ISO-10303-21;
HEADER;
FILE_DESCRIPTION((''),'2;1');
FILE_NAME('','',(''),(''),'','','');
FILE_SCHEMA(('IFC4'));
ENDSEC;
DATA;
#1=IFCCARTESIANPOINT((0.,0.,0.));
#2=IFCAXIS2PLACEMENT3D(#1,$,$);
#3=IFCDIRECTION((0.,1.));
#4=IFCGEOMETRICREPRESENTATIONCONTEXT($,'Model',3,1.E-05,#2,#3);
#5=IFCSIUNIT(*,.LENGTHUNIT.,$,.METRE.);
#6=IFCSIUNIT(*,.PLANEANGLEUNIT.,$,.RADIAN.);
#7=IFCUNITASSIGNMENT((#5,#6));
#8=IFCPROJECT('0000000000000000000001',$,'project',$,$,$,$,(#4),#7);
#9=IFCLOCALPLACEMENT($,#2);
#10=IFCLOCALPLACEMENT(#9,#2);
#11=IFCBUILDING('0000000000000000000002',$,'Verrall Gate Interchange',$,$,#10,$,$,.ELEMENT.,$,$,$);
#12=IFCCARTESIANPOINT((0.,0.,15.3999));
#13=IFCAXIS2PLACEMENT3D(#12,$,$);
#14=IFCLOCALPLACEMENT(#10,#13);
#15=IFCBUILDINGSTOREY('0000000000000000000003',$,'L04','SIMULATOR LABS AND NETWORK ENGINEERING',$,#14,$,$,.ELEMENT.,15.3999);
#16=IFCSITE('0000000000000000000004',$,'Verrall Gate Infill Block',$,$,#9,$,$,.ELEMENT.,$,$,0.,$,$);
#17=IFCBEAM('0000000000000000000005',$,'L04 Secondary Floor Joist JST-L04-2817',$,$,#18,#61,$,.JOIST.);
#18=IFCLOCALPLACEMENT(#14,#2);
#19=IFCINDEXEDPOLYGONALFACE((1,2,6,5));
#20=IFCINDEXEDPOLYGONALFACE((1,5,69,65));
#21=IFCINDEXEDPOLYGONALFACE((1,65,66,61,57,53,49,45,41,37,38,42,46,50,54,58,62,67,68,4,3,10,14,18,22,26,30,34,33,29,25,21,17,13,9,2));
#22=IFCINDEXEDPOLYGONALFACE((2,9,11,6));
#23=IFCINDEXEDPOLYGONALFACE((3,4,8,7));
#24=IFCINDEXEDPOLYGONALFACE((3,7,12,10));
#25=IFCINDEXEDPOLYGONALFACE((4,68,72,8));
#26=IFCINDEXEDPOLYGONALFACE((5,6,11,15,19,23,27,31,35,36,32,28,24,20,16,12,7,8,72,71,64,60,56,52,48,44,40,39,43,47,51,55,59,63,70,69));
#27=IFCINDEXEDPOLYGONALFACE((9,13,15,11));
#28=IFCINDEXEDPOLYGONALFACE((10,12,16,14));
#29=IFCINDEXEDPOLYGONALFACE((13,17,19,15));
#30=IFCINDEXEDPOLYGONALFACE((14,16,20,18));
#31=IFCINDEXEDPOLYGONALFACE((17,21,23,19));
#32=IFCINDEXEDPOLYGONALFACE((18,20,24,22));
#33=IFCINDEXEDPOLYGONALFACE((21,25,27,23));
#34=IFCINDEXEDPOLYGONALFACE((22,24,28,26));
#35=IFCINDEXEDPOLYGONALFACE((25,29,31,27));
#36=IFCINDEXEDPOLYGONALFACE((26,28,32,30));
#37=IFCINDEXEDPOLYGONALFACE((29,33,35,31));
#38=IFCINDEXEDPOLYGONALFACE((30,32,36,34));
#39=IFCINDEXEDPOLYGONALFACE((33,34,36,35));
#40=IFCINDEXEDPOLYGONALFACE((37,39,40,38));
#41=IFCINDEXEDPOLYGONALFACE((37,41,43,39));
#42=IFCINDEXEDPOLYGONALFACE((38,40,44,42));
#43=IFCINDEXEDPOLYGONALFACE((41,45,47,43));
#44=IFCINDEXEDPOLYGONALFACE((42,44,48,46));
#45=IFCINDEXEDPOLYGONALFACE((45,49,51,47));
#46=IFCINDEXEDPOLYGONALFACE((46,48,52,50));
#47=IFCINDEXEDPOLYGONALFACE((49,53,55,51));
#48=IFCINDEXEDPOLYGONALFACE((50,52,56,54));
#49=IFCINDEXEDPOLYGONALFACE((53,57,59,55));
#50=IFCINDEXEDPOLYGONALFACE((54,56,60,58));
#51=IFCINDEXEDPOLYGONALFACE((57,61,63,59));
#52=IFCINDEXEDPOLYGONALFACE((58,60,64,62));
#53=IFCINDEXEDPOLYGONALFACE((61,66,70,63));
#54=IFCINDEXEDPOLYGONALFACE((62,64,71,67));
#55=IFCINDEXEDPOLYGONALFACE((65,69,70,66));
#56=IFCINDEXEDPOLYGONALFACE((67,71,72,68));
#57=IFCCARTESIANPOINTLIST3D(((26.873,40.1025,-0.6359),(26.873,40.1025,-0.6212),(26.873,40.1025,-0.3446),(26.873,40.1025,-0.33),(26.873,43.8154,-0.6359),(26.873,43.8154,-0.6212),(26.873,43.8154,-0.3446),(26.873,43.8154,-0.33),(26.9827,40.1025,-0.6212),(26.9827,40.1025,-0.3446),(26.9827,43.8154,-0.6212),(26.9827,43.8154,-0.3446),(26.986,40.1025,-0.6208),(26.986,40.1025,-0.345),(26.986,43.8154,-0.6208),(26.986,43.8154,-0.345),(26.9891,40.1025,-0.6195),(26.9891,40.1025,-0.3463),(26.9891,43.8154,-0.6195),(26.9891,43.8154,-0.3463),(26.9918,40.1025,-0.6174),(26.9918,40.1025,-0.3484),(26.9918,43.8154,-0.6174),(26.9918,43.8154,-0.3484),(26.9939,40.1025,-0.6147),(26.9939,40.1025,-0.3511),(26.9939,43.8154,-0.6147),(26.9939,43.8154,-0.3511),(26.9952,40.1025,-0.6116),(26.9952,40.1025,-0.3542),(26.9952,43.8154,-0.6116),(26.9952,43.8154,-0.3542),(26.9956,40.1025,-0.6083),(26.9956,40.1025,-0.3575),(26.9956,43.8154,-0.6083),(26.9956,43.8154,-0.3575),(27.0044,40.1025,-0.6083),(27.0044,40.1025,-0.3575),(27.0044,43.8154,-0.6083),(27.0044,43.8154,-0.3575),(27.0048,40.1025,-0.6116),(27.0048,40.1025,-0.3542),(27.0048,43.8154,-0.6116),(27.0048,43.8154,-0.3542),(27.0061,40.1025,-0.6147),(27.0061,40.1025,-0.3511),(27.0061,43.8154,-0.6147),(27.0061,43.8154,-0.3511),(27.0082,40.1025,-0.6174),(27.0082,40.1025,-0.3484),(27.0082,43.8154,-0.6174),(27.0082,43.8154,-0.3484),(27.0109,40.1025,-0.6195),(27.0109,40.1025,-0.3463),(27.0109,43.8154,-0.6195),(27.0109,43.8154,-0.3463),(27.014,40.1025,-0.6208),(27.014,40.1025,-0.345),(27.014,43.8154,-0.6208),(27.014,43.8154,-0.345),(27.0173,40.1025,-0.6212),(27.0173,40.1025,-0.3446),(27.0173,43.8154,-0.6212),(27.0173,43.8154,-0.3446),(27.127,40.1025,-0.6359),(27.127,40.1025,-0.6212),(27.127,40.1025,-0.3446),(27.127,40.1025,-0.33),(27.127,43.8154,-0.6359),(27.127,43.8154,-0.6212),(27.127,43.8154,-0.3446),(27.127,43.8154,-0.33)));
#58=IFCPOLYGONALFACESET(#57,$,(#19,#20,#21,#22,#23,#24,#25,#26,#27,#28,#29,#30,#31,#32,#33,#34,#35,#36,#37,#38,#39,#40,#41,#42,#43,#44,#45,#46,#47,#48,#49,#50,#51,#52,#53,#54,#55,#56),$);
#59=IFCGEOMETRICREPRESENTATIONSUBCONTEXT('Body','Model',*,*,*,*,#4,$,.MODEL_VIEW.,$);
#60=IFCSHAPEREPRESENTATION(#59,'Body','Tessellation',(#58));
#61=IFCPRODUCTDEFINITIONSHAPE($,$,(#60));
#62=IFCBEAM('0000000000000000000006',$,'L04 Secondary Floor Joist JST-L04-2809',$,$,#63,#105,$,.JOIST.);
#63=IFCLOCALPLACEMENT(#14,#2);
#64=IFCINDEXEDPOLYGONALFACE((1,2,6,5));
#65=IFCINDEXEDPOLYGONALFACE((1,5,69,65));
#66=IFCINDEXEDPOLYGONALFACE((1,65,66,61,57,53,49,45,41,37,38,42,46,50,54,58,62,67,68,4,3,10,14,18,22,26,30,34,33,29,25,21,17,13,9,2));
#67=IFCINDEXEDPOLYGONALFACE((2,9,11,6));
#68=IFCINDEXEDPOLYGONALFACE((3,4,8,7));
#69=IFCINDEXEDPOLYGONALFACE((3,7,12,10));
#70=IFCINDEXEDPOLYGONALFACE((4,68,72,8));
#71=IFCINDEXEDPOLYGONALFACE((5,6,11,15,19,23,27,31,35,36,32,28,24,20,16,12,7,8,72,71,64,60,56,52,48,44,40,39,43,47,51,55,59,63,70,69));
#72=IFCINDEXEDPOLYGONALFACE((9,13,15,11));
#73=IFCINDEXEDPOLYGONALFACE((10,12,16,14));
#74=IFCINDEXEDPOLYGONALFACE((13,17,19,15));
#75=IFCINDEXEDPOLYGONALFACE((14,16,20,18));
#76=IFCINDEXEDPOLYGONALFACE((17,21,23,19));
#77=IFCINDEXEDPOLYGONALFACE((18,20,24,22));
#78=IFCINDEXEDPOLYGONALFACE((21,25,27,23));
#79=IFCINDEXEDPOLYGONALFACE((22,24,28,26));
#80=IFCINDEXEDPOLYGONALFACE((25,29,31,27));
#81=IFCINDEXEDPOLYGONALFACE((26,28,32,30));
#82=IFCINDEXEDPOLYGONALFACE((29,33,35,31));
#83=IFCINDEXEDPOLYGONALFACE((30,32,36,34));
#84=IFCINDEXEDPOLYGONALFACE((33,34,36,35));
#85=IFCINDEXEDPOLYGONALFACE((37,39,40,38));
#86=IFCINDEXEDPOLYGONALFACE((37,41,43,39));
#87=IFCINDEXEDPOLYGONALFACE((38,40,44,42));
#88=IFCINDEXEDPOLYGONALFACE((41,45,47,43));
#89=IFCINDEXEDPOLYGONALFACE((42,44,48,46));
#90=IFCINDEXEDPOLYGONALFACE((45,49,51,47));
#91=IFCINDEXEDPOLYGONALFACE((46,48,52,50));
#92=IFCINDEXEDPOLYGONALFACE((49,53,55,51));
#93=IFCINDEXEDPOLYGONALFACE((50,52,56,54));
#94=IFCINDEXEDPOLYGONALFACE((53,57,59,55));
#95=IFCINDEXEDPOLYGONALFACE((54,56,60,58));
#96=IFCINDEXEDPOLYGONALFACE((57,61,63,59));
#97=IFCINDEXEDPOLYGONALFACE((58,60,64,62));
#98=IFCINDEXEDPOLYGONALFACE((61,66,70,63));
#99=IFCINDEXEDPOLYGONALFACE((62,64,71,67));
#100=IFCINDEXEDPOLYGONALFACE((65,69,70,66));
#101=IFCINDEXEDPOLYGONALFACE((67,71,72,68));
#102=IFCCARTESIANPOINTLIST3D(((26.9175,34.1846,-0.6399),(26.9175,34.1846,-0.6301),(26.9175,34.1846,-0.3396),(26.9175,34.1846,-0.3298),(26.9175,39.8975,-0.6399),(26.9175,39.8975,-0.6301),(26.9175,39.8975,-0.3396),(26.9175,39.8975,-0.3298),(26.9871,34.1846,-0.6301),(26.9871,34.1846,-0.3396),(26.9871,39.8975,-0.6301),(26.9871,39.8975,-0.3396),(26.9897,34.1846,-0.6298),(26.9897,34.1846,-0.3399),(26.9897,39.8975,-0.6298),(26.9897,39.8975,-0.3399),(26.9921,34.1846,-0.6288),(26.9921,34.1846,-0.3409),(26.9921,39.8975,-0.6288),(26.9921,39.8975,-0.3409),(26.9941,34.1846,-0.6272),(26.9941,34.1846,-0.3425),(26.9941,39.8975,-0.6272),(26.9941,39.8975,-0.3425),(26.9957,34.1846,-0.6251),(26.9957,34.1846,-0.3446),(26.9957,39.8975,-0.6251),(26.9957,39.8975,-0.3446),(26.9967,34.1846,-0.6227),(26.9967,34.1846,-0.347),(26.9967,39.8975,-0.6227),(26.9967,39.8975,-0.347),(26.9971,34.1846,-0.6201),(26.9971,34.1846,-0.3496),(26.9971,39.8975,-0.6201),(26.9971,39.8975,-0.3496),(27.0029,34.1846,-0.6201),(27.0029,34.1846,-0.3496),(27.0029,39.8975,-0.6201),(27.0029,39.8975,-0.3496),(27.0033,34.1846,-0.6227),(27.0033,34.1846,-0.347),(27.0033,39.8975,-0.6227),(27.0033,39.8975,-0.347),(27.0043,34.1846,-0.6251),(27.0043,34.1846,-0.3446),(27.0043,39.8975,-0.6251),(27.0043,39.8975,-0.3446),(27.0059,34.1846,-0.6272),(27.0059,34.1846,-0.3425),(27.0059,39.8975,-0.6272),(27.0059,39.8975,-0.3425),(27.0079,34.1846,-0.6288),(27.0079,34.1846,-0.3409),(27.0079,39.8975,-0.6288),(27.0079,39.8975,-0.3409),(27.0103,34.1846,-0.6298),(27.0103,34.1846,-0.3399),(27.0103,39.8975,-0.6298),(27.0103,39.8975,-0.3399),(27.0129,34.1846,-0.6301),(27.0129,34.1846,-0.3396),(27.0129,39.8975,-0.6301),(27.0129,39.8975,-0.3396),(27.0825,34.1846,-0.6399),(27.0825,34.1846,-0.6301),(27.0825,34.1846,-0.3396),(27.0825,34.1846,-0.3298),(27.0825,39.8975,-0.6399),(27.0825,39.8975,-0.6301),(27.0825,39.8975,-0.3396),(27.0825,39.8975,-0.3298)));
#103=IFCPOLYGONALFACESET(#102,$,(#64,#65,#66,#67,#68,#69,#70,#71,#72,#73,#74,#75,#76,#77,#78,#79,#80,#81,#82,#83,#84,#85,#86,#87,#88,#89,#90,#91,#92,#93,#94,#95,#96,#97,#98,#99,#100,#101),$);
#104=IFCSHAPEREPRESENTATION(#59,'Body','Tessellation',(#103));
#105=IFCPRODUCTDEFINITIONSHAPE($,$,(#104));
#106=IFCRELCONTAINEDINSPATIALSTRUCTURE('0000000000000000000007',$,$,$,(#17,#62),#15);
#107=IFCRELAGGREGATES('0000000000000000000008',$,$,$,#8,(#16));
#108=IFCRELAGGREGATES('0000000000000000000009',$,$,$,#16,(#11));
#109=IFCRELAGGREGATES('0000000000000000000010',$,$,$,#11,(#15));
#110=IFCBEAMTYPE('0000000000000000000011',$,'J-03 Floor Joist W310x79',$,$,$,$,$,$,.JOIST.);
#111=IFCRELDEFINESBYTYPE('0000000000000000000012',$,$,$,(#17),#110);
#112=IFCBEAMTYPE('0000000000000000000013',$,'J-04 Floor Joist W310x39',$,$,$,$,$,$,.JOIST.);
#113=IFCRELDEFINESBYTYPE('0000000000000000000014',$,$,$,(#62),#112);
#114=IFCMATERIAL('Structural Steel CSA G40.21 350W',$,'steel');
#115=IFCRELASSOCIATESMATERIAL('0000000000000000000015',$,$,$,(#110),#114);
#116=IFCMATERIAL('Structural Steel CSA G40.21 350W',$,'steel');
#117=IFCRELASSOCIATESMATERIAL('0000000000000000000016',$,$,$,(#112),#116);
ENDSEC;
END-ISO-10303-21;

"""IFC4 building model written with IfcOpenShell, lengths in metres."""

from ifc_helpers import new_model, si_unit, direction, frame, origin, origin_2d, place, context, subcontext, project, spatial, i_section, extrude, material, material_profile, profile_set, type_object, element, save


model = new_model("IFC4")

# Units and contexts
model_context = context("Model", 3, precision=1e-05, world=origin(), true_north=direction((0.0, 1.0)))
body_context = subcontext(model_context, "Body", "Model", "MODEL_VIEW")
ifc_project = project(units=[si_unit("LENGTHUNIT", "METRE"), si_unit("PLANEANGLEUNIT", "RADIAN")], contexts=[model_context])

# Site, building, storey
site_placement = place(None, origin())
site = spatial("IfcSite", under=ifc_project, at=site_placement, Name="Verrall Gate Infill Block", CompositionType="ELEMENT", RefElevation=0.0)
building_placement = place(site_placement, origin())
building = spatial("IfcBuilding", under=site, at=building_placement, Name="Verrall Gate Interchange", CompositionType="ELEMENT")
storey_placement = place(building_placement, frame((0.0, 0.0, 15.3999)))
storey = spatial("IfcBuildingStorey", under=building, at=storey_placement, Name="L04", Description="SIMULATOR LABS AND NETWORK ENGINEERING", CompositionType="ELEMENT", Elevation=15.3999)

# Beams
ifc_material_1 = material(Name="Structural Steel CSA G40.21 350W", Category="steel")
ifc_material_profile_1 = material_profile(ifc_material_1, i_section(OverallWidth=0.2539, OverallDepth=0.3059, WebThickness=0.0088, FlangeThickness=0.0146, FilletRadius=0.0129, at=origin_2d()), Name="W310x79")
ifc_profile_set_1 = profile_set([ifc_material_profile_1], Name="Structural Steel CSA G40.21 350W")
beam_type_1 = type_object("IfcBeamType", Name="J-03 Floor Joist W310x79", PredefinedType="JOIST", material=ifc_profile_set_1)
beam_1_placement = place(storey_placement, frame((27.0, 40.1025, -0.4829), z_axis=(0.0, 1.0, 0.0), x_axis=(-1.0, 0.0, 0.0)))
element("IfcBeam", 1, at=beam_1_placement, inside=storey, type_object=beam_type_1, Name="L04 Secondary Floor Joist JST-L04-2817", PredefinedType="JOIST", context=body_context, shape_type="SweptSolid", body=[
    extrude(i_section(OverallWidth=0.2539, OverallDepth=0.3059, WebThickness=0.0088, FlangeThickness=0.0146, FilletRadius=0.0129, at=origin_2d()), origin(), (0.0, 0.0, 1.0), 3.7129),
])
ifc_material_2 = material(Name="Structural Steel CSA G40.21 350W", Category="steel")
ifc_material_profile_2 = material_profile(ifc_material_2, i_section(OverallWidth=0.165, OverallDepth=0.3101, WebThickness=0.0059, FlangeThickness=0.0098, FilletRadius=0.01, at=origin_2d()), Name="W310x39")
ifc_profile_set_2 = profile_set([ifc_material_profile_2], Name="Structural Steel CSA G40.21 350W")
beam_type_2 = type_object("IfcBeamType", Name="J-04 Floor Joist W310x39", PredefinedType="JOIST", material=ifc_profile_set_2)
beam_2_placement = place(storey_placement, frame((27.0, 34.1846, -0.4849), z_axis=(0.0, 1.0, 0.0), x_axis=(-1.0, 0.0, 0.0)))
element("IfcBeam", 2, at=beam_2_placement, inside=storey, type_object=beam_type_2, Name="L04 Secondary Floor Joist JST-L04-2809", PredefinedType="JOIST", context=body_context, shape_type="SweptSolid", body=[
    extrude(i_section(OverallWidth=0.165, OverallDepth=0.3101, WebThickness=0.0059, FlangeThickness=0.0098, FilletRadius=0.01, at=origin_2d()), origin(), (0.0, 0.0, 1.0), 5.7129),
])

save(model, "model.ifc")
